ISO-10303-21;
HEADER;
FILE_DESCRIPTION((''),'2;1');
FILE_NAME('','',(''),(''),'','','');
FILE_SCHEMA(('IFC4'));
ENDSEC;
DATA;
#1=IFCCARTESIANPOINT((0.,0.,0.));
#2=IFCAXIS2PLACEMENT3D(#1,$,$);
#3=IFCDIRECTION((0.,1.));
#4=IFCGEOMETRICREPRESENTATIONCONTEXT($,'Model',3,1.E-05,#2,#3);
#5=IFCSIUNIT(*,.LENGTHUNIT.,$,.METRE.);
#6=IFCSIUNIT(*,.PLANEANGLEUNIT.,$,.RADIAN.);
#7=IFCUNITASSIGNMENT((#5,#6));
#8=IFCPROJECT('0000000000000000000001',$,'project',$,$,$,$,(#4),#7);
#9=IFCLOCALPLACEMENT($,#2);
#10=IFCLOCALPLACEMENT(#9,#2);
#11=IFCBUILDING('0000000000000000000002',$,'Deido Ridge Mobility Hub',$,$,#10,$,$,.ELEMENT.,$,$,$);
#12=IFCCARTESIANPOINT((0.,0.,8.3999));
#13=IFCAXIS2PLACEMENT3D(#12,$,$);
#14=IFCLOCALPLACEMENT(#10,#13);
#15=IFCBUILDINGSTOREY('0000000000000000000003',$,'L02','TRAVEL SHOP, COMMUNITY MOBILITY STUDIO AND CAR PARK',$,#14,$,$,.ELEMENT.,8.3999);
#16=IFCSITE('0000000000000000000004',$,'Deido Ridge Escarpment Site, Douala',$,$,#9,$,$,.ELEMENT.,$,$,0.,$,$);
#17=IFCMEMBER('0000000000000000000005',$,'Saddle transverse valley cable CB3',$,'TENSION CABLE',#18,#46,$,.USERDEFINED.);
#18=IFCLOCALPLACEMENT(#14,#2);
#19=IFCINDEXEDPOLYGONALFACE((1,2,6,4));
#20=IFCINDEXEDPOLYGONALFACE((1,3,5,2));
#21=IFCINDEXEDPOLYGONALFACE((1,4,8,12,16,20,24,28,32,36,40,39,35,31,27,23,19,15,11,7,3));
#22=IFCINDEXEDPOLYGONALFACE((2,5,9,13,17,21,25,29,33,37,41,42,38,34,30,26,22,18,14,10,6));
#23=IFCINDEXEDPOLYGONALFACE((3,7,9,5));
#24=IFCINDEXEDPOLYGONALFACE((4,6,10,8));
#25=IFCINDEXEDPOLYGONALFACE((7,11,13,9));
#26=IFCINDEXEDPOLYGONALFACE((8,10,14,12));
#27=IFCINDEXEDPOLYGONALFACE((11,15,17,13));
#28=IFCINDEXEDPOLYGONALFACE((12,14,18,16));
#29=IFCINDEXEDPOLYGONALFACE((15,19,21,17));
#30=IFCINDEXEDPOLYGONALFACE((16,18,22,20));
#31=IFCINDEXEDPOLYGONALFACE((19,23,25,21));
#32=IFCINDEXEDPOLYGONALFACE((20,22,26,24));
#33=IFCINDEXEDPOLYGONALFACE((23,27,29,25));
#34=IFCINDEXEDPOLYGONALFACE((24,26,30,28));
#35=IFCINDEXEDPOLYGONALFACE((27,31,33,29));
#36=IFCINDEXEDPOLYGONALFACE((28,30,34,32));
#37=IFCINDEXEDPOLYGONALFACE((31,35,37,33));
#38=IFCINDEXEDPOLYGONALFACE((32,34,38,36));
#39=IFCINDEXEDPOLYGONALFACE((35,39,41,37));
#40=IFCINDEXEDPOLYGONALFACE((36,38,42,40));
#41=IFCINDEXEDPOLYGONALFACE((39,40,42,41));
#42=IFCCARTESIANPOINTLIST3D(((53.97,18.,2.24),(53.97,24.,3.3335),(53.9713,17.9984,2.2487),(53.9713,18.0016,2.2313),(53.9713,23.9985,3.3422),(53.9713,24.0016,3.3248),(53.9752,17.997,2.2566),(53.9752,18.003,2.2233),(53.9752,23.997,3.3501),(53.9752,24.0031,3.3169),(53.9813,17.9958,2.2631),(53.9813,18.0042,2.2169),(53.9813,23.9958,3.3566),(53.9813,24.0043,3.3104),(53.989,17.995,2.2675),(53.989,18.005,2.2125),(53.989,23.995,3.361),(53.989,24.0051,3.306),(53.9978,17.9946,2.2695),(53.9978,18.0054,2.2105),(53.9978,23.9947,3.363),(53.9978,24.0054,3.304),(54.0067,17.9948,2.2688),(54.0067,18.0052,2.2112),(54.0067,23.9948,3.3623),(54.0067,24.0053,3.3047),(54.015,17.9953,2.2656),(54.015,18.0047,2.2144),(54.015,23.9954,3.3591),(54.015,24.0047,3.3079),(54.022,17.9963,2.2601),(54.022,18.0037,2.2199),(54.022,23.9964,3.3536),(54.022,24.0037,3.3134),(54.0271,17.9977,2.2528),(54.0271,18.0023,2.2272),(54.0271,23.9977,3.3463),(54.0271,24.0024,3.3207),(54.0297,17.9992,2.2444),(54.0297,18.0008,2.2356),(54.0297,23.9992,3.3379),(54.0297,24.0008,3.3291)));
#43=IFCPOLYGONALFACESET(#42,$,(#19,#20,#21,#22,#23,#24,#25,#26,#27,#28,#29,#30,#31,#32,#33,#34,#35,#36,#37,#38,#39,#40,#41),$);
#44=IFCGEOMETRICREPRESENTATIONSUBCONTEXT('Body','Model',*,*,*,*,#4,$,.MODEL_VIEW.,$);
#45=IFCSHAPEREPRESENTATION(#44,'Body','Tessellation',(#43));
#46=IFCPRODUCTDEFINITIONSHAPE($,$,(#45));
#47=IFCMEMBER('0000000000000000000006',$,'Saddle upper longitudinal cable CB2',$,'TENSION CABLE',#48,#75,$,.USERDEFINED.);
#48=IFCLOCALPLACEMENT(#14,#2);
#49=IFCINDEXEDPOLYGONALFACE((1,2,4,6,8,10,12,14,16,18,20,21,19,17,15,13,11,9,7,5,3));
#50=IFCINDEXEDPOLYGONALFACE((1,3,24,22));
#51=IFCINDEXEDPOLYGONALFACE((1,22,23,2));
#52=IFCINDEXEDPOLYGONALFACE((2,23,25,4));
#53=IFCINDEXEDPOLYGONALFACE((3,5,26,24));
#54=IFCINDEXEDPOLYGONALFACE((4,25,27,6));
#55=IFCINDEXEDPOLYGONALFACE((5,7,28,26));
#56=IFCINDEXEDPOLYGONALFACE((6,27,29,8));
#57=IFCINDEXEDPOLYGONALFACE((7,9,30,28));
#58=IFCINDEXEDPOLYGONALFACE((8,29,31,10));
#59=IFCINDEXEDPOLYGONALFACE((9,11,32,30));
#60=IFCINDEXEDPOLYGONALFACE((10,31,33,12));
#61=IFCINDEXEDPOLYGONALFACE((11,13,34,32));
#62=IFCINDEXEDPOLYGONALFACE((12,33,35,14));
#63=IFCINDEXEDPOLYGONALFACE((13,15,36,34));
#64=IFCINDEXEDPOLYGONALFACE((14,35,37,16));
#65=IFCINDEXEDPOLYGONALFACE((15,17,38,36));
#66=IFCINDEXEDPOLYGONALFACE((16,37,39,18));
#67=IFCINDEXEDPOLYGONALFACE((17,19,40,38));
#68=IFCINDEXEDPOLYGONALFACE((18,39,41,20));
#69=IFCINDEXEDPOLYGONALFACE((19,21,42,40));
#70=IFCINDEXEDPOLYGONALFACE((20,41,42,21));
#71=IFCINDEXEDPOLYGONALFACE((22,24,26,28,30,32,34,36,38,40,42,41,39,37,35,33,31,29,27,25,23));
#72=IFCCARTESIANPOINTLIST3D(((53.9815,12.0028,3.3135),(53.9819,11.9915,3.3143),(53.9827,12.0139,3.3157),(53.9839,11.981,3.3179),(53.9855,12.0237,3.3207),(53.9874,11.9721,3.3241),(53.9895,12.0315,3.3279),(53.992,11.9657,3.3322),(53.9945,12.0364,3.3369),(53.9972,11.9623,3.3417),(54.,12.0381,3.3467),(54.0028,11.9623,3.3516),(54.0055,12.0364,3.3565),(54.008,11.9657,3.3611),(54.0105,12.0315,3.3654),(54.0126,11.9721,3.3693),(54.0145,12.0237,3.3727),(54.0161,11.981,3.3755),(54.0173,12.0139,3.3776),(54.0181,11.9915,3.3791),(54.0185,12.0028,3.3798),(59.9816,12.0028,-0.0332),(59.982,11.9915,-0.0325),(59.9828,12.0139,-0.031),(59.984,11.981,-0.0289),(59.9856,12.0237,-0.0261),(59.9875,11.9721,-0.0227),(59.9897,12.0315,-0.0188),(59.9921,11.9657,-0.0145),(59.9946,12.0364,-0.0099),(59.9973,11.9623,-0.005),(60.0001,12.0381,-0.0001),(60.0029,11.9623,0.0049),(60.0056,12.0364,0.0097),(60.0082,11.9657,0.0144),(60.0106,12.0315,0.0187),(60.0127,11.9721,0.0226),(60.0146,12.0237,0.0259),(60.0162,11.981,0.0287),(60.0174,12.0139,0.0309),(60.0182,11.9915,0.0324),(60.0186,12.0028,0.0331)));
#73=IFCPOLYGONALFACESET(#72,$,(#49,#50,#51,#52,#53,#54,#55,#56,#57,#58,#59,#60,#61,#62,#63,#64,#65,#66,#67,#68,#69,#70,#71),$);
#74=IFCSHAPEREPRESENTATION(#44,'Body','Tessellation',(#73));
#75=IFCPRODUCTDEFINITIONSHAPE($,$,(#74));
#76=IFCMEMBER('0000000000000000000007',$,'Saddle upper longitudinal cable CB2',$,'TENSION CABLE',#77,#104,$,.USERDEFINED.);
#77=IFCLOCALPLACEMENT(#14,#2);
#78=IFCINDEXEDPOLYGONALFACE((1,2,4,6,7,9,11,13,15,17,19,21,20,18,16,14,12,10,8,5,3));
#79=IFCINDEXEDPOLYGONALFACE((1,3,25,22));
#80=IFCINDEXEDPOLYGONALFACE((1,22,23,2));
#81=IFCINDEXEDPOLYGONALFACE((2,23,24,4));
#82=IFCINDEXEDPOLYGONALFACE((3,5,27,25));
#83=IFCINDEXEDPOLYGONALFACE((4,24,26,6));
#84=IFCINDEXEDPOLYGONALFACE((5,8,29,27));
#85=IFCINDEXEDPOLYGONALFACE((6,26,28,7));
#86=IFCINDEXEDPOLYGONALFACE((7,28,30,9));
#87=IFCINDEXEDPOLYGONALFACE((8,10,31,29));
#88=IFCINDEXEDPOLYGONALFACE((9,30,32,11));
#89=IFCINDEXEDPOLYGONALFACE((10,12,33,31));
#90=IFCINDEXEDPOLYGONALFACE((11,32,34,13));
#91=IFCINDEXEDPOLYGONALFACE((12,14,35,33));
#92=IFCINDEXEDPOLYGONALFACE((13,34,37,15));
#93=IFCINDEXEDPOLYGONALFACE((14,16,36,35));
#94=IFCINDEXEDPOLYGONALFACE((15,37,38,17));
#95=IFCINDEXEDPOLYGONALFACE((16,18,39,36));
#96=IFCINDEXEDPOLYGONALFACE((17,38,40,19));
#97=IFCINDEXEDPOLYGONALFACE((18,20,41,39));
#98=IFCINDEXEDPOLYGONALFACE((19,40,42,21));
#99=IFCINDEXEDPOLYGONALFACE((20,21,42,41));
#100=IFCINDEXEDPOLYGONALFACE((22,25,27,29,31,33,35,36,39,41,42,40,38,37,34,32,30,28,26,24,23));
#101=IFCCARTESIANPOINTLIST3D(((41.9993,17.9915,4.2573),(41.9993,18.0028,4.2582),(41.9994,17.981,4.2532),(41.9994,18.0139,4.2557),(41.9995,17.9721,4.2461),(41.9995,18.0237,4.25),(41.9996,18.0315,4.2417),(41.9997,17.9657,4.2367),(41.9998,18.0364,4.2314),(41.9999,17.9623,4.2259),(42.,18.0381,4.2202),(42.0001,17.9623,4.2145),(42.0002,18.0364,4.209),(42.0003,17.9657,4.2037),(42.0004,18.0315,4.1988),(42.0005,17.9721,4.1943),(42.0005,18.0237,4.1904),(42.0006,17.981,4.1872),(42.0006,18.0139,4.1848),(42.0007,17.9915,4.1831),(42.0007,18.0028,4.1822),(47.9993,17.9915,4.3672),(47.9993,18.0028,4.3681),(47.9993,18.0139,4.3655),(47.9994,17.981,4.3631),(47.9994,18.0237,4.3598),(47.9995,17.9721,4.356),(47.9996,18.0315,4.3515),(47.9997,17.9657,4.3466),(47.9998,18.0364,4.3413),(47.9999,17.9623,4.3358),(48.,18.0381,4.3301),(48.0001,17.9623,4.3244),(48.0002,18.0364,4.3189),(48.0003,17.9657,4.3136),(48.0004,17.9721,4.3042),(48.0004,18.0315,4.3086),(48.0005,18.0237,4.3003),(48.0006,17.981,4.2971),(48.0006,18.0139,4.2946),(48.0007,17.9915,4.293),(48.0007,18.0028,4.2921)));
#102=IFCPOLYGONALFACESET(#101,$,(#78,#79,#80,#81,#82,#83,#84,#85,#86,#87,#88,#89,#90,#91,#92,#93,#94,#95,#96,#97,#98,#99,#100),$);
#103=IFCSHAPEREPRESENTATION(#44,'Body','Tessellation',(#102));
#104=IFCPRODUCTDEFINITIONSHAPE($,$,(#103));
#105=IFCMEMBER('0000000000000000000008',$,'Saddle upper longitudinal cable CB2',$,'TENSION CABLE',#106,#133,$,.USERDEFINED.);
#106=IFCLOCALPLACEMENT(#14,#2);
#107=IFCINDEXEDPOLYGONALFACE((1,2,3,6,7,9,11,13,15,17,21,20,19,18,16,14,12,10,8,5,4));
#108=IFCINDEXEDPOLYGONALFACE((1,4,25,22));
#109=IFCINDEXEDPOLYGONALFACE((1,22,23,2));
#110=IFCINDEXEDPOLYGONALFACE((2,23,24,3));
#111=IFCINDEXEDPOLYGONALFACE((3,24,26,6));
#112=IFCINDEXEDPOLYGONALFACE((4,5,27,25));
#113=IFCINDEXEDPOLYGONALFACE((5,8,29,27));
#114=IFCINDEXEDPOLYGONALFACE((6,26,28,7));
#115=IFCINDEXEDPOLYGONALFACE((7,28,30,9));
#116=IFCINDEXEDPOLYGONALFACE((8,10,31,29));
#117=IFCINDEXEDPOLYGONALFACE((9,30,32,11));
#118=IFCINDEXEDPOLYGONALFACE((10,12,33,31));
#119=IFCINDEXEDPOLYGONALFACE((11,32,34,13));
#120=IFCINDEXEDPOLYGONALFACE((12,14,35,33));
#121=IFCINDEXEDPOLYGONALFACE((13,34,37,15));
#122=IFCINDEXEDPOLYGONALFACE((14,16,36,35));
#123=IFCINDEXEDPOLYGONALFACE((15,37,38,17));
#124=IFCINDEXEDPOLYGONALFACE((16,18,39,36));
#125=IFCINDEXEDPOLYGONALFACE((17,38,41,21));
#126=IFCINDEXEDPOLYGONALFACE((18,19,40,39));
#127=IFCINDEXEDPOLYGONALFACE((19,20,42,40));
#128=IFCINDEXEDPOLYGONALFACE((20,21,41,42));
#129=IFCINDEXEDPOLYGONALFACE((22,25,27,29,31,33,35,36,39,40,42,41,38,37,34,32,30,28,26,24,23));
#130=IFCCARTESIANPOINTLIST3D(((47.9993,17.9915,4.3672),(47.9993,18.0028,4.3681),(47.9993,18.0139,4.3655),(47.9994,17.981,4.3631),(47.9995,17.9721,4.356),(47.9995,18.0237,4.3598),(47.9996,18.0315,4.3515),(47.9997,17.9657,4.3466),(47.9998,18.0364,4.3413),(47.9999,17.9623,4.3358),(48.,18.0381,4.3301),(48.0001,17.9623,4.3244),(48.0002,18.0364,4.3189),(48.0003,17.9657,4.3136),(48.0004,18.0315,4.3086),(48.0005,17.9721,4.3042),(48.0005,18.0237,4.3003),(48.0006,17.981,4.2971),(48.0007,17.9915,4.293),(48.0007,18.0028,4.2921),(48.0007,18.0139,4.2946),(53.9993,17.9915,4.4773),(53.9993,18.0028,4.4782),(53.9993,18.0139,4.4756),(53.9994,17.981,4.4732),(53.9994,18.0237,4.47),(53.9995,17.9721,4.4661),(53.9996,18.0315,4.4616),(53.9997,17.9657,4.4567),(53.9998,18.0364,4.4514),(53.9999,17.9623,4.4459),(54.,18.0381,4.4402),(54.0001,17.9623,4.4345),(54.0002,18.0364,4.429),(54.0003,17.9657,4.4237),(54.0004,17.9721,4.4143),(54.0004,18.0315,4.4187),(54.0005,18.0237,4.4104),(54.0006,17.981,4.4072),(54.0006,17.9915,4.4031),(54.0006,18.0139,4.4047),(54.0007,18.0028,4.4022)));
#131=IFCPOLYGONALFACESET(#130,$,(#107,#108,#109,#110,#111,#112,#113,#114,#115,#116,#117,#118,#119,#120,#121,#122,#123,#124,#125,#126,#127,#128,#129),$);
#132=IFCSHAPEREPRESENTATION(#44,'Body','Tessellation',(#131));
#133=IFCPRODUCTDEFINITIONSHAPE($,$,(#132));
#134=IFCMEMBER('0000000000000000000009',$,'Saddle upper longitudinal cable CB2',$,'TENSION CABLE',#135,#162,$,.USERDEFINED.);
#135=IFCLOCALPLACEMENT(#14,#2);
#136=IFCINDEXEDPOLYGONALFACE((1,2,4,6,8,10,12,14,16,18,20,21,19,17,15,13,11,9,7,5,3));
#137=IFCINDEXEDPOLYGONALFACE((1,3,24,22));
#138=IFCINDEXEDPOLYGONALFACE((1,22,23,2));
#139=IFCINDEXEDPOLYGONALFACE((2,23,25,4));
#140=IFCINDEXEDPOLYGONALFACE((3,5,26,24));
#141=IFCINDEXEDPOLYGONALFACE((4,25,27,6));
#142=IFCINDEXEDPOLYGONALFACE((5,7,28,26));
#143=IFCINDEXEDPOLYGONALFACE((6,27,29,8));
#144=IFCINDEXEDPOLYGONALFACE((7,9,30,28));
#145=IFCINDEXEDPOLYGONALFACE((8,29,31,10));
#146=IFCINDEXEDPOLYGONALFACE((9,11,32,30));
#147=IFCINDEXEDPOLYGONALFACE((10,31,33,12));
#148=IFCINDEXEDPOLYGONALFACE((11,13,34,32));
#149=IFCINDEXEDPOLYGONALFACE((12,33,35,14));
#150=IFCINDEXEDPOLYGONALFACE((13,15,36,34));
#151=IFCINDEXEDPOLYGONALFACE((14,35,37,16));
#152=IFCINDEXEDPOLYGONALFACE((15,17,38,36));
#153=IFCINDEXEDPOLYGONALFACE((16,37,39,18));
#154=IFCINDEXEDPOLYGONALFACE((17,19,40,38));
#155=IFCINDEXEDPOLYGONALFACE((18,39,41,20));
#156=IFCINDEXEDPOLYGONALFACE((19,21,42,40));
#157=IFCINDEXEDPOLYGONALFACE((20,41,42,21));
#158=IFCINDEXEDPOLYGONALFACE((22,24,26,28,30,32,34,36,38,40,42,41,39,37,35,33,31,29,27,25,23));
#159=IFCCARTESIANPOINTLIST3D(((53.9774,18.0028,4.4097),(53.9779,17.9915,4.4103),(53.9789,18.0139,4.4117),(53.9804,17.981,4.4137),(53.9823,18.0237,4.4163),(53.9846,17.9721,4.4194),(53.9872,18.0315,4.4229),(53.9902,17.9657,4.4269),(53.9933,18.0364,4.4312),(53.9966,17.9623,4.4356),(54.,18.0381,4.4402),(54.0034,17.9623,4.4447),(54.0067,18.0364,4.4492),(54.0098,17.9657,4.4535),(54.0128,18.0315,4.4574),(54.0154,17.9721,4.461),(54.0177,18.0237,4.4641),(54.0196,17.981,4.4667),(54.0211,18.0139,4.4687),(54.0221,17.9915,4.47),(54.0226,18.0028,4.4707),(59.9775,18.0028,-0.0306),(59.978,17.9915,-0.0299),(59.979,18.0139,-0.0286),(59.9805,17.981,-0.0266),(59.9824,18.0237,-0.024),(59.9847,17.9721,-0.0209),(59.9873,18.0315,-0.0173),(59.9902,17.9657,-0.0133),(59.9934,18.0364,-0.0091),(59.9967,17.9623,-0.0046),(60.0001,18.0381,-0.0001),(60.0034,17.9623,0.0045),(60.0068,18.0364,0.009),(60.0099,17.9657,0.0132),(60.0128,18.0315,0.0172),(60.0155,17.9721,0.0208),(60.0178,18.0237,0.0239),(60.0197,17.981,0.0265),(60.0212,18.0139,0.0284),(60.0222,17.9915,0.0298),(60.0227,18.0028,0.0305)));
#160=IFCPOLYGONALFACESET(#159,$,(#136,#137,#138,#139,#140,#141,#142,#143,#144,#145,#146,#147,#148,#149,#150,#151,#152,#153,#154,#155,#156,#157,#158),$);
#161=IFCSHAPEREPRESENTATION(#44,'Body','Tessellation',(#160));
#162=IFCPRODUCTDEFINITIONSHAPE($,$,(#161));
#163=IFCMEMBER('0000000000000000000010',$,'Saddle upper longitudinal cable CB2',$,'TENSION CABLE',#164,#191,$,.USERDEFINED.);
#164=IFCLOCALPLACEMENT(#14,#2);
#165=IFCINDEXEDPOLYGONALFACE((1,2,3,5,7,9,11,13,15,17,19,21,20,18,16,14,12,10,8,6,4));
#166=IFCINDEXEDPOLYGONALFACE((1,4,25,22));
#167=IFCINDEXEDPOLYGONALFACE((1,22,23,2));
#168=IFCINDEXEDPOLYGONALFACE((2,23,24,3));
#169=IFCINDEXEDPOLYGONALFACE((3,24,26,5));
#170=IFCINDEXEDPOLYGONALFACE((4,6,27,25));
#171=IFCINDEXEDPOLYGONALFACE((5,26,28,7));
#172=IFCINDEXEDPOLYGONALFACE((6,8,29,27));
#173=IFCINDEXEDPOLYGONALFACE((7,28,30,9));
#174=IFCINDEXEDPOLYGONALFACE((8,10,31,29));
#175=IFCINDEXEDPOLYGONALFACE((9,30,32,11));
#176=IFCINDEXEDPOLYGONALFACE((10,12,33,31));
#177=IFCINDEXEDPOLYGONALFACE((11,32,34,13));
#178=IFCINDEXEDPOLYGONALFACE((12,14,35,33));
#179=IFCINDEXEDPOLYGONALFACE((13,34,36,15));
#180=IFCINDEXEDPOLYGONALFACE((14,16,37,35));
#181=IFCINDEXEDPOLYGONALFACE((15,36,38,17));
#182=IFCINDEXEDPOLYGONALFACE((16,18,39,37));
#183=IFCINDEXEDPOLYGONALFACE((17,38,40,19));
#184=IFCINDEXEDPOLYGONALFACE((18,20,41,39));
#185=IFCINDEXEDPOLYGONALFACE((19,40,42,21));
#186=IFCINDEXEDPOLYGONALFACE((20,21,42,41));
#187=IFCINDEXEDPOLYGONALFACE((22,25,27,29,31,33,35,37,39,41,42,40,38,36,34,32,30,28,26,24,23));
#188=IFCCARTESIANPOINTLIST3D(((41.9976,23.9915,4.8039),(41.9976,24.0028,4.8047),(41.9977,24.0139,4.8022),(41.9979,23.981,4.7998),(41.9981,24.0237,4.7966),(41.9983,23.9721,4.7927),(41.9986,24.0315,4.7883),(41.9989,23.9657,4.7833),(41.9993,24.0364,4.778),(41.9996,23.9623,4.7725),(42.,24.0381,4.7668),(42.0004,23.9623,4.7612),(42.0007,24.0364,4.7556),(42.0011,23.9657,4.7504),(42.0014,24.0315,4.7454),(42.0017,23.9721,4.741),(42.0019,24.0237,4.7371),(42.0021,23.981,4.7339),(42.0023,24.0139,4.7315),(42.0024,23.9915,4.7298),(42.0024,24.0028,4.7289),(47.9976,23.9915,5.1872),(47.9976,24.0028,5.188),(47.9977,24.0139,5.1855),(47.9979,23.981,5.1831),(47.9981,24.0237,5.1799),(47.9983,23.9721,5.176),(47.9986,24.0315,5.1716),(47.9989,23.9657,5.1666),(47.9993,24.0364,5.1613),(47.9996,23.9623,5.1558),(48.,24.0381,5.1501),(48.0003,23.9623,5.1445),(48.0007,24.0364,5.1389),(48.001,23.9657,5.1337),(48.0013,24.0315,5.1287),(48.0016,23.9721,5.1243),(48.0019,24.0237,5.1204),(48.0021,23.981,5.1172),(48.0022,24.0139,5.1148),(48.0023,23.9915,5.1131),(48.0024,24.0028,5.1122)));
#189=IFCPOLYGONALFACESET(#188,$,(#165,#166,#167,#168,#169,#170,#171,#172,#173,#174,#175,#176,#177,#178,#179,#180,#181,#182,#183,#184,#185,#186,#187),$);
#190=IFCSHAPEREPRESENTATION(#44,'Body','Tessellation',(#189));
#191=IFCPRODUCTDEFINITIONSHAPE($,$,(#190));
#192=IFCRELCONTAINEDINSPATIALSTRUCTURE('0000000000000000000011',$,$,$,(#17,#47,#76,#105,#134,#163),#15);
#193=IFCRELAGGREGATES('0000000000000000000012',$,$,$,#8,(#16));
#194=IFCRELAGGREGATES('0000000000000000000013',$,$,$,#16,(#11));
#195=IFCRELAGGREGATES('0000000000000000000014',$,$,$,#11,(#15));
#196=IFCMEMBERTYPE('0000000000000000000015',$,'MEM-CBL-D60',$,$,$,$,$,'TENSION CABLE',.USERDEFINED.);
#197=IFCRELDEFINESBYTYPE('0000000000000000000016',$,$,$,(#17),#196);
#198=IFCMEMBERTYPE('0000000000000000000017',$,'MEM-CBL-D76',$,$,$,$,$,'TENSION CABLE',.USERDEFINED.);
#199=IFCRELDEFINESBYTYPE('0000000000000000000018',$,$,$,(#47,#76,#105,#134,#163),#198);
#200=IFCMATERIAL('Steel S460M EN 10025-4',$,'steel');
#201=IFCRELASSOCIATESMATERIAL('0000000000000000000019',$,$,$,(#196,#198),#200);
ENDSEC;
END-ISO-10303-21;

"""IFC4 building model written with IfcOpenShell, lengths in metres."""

from ifc_helpers import new_model, si_unit, direction, frame, origin, origin_2d, place, context, subcontext, project, spatial, circle, extrude, material, material_profile, profile_set, type_object, element, save


model = new_model("IFC4")

# Units and contexts
model_context = context("Model", 3, precision=1e-05, world=origin(), true_north=direction((0.0, 1.0)))
body_context = subcontext(model_context, "Body", "Model", "MODEL_VIEW")
ifc_project = project(units=[si_unit("LENGTHUNIT", "METRE"), si_unit("PLANEANGLEUNIT", "RADIAN")], contexts=[model_context])

# Site, building, storey
site_placement = place(None, origin())
site = spatial("IfcSite", under=ifc_project, at=site_placement, Name="Deido Ridge Escarpment Site, Douala", CompositionType="ELEMENT", RefElevation=0.0)
building_placement = place(site_placement, origin())
building = spatial("IfcBuilding", under=site, at=building_placement, Name="Deido Ridge Mobility Hub", CompositionType="ELEMENT")
storey_placement = place(building_placement, frame((0.0, 0.0, 8.3999)))
storey = spatial("IfcBuildingStorey", under=building, at=storey_placement, Name="L02", Description="TRAVEL SHOP, COMMUNITY MOBILITY STUDIO AND CAR PARK", CompositionType="ELEMENT", Elevation=8.3999)

# Members
ifc_material_1 = material(Name="Steel S460M EN 10025-4", Category="steel")
ifc_material_profile_1 = material_profile(ifc_material_1, circle(Radius=0.03, at=origin_2d()), Name="CABLE D60")
ifc_profile_set_1 = profile_set([ifc_material_profile_1], Name="Steel S460M EN 10025-4")
member_type_1 = type_object("IfcMemberType", Name="MEM-CBL-D60", ElementType="TENSION CABLE", PredefinedType="USERDEFINED", material=ifc_profile_set_1)
for number, where, z_axis, x_axis, name in (
    (1, (54.0, 18.0, 2.24), (0.0, 0.983795, 0.179298), (-1.0, 0.0, 0.0), "Saddle transverse valley cable CB3"),
):
    element("IfcMember", number, at=place(storey_placement, frame(where, z_axis=z_axis, x_axis=x_axis)), inside=storey, type_object=member_type_1, Name=name, ObjectType="TENSION CABLE", PredefinedType="USERDEFINED", context=body_context, shape_type="SweptSolid", body=[
        extrude(circle(Radius=0.03, at=origin_2d()), origin(), (0.0, 0.0, 1.0), 6.0989),
    ])
ifc_material_profile_2 = material_profile(ifc_material_1, circle(Radius=0.0381, at=origin_2d()), Name="CABLE D76")
ifc_profile_set_2 = profile_set([ifc_material_profile_2], Name="Steel S460M EN 10025-4")
member_type_2 = type_object("IfcMemberType", Name="MEM-CBL-D76", ElementType="TENSION CABLE", PredefinedType="USERDEFINED", material=ifc_profile_set_2)
member_1_placement = place(storey_placement, frame((54.0, 12.0, 3.3467), z_axis=(0.873331, 0.0, -0.487127), x_axis=(0.0, 1.0, 0.0)))
element("IfcMember", 2, at=member_1_placement, inside=storey, type_object=member_type_2, Name="Saddle upper longitudinal cable CB2", ObjectType="TENSION CABLE", PredefinedType="USERDEFINED", context=body_context, shape_type="SweptSolid", body=[
    extrude(circle(Radius=0.0381, at=origin_2d()), origin(), (0.0, 0.0, 1.0), 6.8704),
])
for number, where, z_axis, x_axis, name in (
    (3, (42.0, 18.0, 4.2202), (0.999832, 0.0, 0.018307), (0.0, 1.0, 0.0), "Saddle upper longitudinal cable CB2"),
    (4, (48.0, 18.0, 4.3301), (0.999832, 0.0, 0.018348), (0.0, 1.0, 0.0), "Saddle upper longitudinal cable CB2"),
):
    element("IfcMember", number, at=place(storey_placement, frame(where, z_axis=z_axis, x_axis=x_axis)), inside=storey, type_object=member_type_2, Name=name, ObjectType="TENSION CABLE", PredefinedType="USERDEFINED", context=body_context, shape_type="SweptSolid", body=[
        extrude(circle(Radius=0.0381, at=origin_2d()), origin(), (0.0, 0.0, 1.0), 6.001),
    ])
member_2_placement = place(storey_placement, frame((54.0, 18.0, 4.4402), z_axis=(0.80383, 0.0, -0.594859), x_axis=(0.0, 1.0, 0.0)))
element("IfcMember", 5, at=member_2_placement, inside=storey, type_object=member_type_2, Name="Saddle upper longitudinal cable CB2", ObjectType="TENSION CABLE", PredefinedType="USERDEFINED", context=body_context, shape_type="SweptSolid", body=[
    extrude(circle(Radius=0.0381, at=origin_2d()), origin(), (0.0, 0.0, 1.0), 7.4644),
])
member_3_placement = place(storey_placement, frame((42.0, 24.0, 4.7668), z_axis=(0.997966, 0.0, 0.063754), x_axis=(0.0, 1.0, 0.0)))
element("IfcMember", 6, at=member_3_placement, inside=storey, type_object=member_type_2, Name="Saddle upper longitudinal cable CB2", ObjectType="TENSION CABLE", PredefinedType="USERDEFINED", context=body_context, shape_type="SweptSolid", body=[
    extrude(circle(Radius=0.0381, at=origin_2d()), origin(), (0.0, 0.0, 1.0), 6.0122),
])

save(model, "model.ifc")
